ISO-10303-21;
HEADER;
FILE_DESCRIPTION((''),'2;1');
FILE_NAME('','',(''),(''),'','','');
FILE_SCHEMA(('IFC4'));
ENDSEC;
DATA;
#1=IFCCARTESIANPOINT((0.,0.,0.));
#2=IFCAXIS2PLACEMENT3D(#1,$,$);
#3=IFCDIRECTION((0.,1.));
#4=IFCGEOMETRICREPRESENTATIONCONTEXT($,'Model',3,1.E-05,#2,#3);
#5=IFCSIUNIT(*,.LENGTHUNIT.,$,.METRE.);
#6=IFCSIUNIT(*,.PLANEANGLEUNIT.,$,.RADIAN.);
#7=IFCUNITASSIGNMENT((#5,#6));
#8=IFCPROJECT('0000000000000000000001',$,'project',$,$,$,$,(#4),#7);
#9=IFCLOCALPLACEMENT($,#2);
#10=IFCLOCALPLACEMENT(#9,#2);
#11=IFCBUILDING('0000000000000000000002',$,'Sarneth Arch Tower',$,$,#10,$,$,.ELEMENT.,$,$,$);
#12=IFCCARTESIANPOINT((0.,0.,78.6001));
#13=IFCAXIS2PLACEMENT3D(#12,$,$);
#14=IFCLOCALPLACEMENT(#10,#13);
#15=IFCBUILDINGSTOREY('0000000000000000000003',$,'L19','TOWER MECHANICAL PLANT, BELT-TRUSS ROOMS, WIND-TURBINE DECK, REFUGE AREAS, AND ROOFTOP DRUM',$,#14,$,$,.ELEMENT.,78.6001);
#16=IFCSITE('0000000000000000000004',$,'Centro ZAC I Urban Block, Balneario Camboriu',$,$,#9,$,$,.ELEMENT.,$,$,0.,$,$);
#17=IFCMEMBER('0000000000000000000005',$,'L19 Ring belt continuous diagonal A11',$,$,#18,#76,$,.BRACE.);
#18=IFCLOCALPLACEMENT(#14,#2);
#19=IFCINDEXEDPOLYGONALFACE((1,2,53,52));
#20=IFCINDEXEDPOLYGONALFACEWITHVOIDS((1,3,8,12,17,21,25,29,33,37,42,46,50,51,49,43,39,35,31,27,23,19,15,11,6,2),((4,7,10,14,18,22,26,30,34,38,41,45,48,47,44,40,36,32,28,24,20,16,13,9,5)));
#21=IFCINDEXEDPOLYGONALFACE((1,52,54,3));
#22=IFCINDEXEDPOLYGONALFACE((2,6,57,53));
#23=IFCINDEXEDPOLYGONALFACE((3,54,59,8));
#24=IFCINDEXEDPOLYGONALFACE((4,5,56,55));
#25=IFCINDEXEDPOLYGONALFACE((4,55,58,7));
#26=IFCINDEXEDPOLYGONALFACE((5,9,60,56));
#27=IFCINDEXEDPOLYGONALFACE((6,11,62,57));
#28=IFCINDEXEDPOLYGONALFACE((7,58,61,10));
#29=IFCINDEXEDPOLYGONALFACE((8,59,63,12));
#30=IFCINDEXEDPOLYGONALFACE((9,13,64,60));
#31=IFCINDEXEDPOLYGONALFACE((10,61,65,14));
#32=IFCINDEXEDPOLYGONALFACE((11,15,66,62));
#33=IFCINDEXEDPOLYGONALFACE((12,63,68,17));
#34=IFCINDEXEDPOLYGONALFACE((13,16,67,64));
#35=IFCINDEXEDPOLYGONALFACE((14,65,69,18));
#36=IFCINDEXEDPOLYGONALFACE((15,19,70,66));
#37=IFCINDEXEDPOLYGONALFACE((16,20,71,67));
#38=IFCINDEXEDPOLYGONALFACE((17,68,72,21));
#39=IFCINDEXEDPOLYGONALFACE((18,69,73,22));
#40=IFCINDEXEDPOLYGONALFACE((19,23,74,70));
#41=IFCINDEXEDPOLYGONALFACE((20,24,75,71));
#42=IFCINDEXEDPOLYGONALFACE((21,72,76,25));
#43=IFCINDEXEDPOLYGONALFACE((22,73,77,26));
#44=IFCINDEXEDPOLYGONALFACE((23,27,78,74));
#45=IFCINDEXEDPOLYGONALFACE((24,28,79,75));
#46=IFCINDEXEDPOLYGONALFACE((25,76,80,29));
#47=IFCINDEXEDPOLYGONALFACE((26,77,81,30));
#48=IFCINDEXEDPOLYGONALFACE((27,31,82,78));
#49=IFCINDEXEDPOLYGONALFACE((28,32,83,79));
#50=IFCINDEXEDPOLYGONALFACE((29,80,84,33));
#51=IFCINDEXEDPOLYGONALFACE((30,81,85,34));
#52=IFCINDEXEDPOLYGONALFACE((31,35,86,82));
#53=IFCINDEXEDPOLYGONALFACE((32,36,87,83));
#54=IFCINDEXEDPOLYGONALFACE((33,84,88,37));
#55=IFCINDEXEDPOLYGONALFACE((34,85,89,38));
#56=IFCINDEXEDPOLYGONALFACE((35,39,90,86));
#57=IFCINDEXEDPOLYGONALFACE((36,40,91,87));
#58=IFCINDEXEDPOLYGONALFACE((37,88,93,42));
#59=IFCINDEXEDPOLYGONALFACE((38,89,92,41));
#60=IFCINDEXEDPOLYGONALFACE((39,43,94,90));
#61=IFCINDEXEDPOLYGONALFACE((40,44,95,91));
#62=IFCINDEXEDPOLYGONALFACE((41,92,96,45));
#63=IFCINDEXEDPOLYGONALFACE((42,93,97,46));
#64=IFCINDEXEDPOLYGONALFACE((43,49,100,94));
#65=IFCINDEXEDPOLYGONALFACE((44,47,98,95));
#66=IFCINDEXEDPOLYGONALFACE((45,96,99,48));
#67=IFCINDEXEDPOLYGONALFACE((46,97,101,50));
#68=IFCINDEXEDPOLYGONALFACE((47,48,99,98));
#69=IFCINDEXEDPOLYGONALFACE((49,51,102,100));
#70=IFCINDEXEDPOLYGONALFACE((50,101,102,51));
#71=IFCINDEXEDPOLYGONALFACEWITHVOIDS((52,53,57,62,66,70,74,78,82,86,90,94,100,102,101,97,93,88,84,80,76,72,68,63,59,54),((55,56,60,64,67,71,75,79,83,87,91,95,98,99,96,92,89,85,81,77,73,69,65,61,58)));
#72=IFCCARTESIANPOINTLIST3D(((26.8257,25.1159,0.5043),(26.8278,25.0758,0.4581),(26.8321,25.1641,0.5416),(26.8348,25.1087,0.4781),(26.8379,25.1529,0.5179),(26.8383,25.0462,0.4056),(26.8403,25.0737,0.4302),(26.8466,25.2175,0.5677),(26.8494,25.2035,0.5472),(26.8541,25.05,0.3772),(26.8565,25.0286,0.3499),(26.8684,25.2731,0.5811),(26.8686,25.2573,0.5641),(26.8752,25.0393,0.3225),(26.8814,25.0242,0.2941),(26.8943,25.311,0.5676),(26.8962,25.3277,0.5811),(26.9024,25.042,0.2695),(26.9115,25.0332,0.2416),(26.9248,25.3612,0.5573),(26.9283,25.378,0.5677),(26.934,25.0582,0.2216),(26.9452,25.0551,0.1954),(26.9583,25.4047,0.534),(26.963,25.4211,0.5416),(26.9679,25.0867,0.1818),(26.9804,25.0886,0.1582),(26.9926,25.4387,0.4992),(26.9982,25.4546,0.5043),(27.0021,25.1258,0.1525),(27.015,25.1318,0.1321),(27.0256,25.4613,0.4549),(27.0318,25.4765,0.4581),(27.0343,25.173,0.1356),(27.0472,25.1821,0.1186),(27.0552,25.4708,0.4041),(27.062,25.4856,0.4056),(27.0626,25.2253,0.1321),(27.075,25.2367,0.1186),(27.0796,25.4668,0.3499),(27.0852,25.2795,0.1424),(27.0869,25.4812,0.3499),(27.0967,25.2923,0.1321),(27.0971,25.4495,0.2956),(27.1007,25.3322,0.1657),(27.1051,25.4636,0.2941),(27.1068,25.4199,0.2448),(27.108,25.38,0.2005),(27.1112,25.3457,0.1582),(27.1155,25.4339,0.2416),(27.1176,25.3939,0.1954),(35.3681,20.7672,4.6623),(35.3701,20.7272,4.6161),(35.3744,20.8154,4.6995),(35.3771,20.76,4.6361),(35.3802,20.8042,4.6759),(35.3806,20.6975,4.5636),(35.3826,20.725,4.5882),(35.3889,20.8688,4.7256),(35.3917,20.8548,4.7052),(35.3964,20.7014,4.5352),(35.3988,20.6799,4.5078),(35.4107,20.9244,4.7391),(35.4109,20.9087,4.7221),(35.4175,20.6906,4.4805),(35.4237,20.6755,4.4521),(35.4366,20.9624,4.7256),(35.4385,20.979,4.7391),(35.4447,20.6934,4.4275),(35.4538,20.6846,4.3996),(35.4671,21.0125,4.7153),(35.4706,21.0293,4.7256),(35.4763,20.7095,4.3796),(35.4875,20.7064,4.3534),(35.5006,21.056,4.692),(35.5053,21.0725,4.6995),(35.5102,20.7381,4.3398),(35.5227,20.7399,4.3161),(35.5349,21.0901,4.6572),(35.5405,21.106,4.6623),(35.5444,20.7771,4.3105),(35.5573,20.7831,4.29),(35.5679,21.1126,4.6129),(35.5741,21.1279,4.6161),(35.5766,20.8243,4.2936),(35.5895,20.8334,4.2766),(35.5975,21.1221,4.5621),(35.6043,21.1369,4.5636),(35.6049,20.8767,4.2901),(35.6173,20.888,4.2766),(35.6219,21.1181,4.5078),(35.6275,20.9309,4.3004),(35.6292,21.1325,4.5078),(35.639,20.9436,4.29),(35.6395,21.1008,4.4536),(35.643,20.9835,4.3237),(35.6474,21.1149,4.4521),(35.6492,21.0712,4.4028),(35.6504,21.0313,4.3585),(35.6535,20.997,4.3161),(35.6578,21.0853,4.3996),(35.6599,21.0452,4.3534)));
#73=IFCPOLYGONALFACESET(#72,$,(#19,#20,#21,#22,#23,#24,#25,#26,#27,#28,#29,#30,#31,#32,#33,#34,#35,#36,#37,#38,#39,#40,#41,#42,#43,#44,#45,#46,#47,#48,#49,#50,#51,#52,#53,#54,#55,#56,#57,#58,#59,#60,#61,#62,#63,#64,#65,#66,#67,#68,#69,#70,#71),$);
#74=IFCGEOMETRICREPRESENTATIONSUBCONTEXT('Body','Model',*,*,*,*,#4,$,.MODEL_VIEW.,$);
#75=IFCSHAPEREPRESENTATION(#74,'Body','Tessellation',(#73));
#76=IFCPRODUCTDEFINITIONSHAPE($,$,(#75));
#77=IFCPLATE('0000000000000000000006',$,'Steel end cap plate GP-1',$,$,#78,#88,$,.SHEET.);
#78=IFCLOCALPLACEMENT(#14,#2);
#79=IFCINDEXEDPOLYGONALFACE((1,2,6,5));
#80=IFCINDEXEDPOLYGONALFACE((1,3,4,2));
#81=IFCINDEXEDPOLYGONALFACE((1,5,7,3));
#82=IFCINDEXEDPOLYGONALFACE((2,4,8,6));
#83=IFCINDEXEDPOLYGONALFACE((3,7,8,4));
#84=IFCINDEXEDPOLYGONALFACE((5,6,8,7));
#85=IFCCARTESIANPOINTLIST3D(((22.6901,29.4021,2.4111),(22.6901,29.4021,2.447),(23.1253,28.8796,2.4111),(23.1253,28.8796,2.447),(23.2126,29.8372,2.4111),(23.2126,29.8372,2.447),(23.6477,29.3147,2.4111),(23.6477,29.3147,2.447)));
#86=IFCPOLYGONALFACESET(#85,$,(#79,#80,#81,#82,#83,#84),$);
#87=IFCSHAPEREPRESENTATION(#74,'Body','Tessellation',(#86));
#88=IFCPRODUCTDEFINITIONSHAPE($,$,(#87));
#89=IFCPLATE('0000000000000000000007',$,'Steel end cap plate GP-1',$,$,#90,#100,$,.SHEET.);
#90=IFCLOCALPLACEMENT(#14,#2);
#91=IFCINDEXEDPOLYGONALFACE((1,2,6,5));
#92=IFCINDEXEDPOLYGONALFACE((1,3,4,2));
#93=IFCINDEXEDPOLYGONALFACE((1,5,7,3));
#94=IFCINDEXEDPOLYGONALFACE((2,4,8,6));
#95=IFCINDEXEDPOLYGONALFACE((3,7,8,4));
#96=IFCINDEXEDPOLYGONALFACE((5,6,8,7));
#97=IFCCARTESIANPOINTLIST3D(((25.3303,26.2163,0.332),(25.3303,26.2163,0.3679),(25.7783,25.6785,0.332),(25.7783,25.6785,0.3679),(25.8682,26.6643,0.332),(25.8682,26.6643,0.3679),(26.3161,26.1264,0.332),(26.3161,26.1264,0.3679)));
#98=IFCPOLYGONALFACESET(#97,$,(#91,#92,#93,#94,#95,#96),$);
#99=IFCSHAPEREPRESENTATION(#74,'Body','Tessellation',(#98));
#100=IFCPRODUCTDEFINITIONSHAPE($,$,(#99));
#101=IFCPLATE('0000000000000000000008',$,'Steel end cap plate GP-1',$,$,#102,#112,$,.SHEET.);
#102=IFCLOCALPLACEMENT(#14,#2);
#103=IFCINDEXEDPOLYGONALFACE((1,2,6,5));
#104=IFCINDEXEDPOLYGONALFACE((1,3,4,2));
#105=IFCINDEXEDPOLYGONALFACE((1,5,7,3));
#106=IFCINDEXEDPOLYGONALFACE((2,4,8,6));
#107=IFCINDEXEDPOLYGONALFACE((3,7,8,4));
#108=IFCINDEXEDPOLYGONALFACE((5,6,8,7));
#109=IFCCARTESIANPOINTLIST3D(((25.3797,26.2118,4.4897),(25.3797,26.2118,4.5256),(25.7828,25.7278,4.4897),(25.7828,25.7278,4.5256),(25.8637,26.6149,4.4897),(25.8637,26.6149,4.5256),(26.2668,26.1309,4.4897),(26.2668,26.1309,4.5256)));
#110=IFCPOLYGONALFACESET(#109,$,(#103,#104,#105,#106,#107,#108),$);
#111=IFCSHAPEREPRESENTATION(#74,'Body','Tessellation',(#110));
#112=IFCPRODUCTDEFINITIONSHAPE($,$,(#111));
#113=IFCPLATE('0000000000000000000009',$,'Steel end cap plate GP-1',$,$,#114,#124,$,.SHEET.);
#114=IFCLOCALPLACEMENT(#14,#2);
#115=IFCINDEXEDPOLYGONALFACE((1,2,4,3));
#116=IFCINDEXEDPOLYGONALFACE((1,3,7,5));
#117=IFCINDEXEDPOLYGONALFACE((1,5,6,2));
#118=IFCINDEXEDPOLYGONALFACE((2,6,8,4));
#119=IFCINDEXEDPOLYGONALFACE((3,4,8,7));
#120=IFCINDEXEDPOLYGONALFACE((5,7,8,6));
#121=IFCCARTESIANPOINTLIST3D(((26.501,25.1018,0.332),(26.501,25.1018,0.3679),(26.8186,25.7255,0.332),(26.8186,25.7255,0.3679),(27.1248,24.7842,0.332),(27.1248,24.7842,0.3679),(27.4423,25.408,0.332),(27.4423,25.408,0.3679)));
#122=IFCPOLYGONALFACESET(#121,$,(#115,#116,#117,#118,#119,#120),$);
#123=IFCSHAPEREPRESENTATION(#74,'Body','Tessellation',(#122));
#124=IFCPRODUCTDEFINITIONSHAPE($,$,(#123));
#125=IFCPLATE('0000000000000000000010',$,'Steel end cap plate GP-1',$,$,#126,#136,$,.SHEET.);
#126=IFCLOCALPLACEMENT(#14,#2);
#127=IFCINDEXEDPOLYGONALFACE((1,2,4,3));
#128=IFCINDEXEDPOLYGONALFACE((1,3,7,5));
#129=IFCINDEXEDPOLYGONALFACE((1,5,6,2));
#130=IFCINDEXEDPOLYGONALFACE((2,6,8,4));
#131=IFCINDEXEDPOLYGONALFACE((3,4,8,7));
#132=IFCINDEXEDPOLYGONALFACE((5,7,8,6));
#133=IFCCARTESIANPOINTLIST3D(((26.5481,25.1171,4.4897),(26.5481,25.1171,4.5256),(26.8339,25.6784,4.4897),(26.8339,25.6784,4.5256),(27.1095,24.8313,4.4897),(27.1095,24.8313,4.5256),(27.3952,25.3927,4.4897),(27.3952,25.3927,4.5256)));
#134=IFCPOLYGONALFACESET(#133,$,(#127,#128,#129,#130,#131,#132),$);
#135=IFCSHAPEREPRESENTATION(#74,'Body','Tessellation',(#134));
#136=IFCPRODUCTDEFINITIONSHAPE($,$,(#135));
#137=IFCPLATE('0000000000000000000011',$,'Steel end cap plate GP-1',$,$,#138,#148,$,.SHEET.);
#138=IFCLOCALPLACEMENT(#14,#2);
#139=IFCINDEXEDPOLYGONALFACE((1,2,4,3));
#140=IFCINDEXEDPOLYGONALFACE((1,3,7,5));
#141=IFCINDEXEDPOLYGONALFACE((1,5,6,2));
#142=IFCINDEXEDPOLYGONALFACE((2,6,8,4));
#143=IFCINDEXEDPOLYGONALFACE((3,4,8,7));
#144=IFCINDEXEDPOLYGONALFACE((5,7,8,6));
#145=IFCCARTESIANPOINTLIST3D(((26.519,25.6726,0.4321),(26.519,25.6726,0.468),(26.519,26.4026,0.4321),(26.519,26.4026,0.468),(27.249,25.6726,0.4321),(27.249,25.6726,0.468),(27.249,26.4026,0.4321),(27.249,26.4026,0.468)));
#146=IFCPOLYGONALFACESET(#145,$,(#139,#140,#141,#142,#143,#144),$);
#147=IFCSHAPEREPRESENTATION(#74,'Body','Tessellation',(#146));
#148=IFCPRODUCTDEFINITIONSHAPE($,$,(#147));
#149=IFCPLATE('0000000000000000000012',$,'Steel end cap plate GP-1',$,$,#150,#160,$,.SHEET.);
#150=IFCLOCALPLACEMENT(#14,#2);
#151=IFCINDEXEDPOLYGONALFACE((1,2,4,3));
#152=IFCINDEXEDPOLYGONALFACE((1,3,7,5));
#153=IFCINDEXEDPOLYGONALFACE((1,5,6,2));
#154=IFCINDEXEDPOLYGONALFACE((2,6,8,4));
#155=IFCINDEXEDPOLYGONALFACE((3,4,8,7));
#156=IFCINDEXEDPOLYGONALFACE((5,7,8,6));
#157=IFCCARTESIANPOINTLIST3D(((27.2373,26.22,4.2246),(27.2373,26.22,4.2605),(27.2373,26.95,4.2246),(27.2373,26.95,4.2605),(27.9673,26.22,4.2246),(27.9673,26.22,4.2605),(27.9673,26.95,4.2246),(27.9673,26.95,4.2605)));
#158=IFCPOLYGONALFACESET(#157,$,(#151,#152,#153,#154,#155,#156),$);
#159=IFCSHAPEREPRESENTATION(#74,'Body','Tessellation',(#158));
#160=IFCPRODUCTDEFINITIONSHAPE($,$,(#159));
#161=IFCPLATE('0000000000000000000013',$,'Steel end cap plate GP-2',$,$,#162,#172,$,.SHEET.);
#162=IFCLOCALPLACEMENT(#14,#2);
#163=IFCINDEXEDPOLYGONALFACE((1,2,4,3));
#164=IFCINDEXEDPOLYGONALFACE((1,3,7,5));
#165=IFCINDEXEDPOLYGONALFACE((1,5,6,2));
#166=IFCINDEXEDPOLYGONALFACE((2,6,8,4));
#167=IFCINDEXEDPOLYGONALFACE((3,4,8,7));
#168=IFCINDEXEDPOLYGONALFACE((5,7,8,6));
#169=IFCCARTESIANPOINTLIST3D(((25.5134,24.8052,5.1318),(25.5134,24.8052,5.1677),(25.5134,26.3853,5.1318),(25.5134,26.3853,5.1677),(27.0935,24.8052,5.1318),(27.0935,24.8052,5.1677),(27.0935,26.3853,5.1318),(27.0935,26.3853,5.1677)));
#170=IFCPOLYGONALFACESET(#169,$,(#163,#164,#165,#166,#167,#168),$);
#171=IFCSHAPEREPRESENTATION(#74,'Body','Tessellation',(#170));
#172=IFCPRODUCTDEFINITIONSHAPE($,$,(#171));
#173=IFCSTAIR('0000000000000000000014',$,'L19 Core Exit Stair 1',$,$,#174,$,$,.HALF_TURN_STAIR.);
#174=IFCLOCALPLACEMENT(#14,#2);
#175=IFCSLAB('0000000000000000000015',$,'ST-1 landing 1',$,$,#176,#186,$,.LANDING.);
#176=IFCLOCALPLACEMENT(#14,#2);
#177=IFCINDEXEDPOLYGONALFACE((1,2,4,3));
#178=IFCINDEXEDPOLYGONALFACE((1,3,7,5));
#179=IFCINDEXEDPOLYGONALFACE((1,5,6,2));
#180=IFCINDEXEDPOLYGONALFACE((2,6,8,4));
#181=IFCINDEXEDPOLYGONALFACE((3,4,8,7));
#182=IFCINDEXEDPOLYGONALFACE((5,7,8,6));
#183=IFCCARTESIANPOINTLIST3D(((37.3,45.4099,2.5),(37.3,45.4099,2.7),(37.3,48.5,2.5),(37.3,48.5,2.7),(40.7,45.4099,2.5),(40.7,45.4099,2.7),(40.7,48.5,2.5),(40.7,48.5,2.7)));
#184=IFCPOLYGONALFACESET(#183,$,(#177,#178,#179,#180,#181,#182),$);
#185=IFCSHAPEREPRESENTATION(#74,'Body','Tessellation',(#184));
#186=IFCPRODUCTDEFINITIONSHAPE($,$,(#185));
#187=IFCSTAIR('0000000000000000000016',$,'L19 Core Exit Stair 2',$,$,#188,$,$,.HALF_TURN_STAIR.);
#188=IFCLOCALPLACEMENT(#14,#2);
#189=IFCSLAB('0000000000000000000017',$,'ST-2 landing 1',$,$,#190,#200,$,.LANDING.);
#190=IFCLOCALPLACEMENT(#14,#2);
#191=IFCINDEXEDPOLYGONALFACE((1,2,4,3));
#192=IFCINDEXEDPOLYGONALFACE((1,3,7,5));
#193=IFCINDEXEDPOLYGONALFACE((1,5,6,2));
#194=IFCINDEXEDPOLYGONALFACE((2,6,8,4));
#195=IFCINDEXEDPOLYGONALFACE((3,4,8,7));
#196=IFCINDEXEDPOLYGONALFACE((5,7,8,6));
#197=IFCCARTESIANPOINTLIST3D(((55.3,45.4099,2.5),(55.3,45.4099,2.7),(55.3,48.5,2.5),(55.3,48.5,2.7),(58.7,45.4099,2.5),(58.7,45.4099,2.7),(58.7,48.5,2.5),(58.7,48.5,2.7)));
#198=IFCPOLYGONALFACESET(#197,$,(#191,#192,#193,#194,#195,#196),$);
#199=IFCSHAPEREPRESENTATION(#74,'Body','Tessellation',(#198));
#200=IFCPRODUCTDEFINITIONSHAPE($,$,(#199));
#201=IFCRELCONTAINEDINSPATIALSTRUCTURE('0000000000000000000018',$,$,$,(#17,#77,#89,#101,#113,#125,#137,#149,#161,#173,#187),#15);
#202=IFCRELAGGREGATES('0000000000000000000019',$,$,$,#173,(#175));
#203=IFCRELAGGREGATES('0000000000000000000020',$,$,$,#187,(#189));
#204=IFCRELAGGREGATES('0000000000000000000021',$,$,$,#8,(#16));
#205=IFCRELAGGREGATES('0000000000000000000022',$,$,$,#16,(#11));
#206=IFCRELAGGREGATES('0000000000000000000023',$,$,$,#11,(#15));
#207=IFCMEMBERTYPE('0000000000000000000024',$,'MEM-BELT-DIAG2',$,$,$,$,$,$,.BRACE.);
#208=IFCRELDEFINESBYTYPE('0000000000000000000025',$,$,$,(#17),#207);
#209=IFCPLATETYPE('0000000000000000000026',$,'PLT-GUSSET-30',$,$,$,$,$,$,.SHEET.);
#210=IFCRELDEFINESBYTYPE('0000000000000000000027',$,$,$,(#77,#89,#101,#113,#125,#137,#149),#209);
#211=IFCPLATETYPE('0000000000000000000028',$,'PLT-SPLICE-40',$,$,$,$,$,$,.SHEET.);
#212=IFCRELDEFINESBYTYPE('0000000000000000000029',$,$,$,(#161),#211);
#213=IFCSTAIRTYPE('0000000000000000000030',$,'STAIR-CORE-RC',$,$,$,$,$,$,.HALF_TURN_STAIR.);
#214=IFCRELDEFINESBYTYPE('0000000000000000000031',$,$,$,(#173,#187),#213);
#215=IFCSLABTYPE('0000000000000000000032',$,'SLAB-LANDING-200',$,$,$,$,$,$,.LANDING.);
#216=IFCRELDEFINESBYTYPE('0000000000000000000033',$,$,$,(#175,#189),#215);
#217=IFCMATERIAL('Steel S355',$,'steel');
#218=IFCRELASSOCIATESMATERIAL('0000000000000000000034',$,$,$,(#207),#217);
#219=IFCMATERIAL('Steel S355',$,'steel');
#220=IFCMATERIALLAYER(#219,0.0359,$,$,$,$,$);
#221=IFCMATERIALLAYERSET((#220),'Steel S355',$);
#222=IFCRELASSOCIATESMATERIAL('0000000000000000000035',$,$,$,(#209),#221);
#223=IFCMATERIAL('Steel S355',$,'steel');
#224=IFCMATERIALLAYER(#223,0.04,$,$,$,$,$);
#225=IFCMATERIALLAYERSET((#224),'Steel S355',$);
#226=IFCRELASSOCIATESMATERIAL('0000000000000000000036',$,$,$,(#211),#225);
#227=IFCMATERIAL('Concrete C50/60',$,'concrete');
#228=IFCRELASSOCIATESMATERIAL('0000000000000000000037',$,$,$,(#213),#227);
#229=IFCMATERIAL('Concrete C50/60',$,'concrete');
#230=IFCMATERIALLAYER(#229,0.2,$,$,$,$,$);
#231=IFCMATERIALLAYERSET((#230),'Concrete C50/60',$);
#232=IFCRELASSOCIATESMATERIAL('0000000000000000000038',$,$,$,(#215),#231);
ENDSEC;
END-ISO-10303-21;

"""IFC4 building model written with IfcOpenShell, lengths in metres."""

from ifc_helpers import new_model, si_unit, direction, frame, origin, origin_2d, place, context, subcontext, project, spatial, polyline, rectangle, hollow_circle, outline, extrude, material, layer, layer_set, material_profile, profile_set, type_object, element, aggregate, save


model = new_model("IFC4")

# Units and contexts
model_context = context("Model", 3, precision=1e-05, world=origin(), true_north=direction((0.0, 1.0)))
body_context = subcontext(model_context, "Body", "Model", "MODEL_VIEW")
ifc_project = project(units=[si_unit("LENGTHUNIT", "METRE"), si_unit("PLANEANGLEUNIT", "RADIAN")], contexts=[model_context])

# Site, building, storey
site_placement = place(None, origin())
site = spatial("IfcSite", under=ifc_project, at=site_placement, Name="Centro ZAC I Urban Block, Balneario Camboriu", CompositionType="ELEMENT", RefElevation=0.0)
building_placement = place(site_placement, origin())
building = spatial("IfcBuilding", under=site, at=building_placement, Name="Sarneth Arch Tower", CompositionType="ELEMENT")
storey_placement = place(building_placement, frame((0.0, 0.0, 78.6001)))
storey = spatial("IfcBuildingStorey", under=building, at=storey_placement, Name="L19", Description="TOWER MECHANICAL PLANT, BELT-TRUSS ROOMS, WIND-TURBINE DECK, REFUGE AREAS, AND ROOFTOP DRUM", CompositionType="ELEMENT", Elevation=78.6001)

# Member
ifc_material_1 = material(Name="Steel S355", Category="steel")
ifc_material_profile_1 = material_profile(ifc_material_1, hollow_circle(Radius=0.2539, WallThickness=0.0161, at=origin_2d()), Name="CHS508x16")
ifc_profile_set_1 = profile_set([ifc_material_profile_1], Name="Steel S355")
member_type_1 = type_object("IfcMemberType", Name="MEM-BELT-DIAG2", PredefinedType="BRACE", material=ifc_profile_set_1)
member_1_placement = place(storey_placement, frame((26.9717, 25.2549, 0.3499), z_axis=(0.817564, -0.416201, 0.397952), x_axis=(0.453671, 0.891169, 0.0)))
element("IfcMember", 1, at=member_1_placement, inside=storey, type_object=member_type_1, Name="L19 Ring belt continuous diagonal A11", PredefinedType="BRACE", context=body_context, shape_type="SweptSolid", body=[
    extrude(hollow_circle(Radius=0.2539, WallThickness=0.0161, at=origin_2d()), origin(), (0.0, 0.0, 1.0), 10.4485),
])

# Plates
ifc_material_2 = material(Name="Steel S355", Category="steel")
ifc_layer_1 = layer(ifc_material_2, 0.0359)
ifc_layer_set_1 = layer_set([ifc_layer_1], Name="Steel S355")
plate_type_1 = type_object("IfcPlateType", Name="PLT-GUSSET-30", PredefinedType="SHEET", material=ifc_layer_set_1)
plate_1_placement = place(storey_placement, frame((23.1689, 29.3584, 2.4111), z_axis=(0.0, 0.0, 1.0), x_axis=(0.639976, -0.768395, 0.0)))
element("IfcPlate", 2, at=plate_1_placement, inside=storey, type_object=plate_type_1, Name="Steel end cap plate GP-1", PredefinedType="SHEET", context=body_context, shape_type="SweptSolid", body=[
    extrude(rectangle(XDim=0.6799, YDim=0.6799, at=origin_2d()), origin(), (0.0, 0.0, 1.0), 0.0359),
])
plate_2_placement = place(storey_placement, frame((25.8232, 26.1714, 0.332), z_axis=(0.0, 0.0, 1.0), x_axis=(0.639976, -0.768395, 0.0)))
element("IfcPlate", 3, at=plate_2_placement, inside=storey, type_object=plate_type_1, Name="Steel end cap plate GP-1", PredefinedType="SHEET", context=body_context, shape_type="SweptSolid", body=[
    extrude(rectangle(XDim=0.7, YDim=0.7, at=origin_2d()), origin(), (0.0, 0.0, 1.0), 0.0359),
])
plate_3_placement = place(storey_placement, frame((25.8232, 26.1714, 4.4897), z_axis=(0.0, 0.0, 1.0), x_axis=(0.639976, -0.768395, 0.0)))
element("IfcPlate", 4, at=plate_3_placement, inside=storey, type_object=plate_type_1, Name="Steel end cap plate GP-1", PredefinedType="SHEET", context=body_context, shape_type="SweptSolid", body=[
    extrude(rectangle(XDim=0.6299, YDim=0.6299, at=origin_2d()), origin(), (0.0, 0.0, 1.0), 0.0359),
])
plate_4_placement = place(storey_placement, frame((26.9717, 25.2549, 0.332), z_axis=(0.0, 0.0, 1.0), x_axis=(-0.891165, 0.453679, 0.0)))
element("IfcPlate", 5, at=plate_4_placement, inside=storey, type_object=plate_type_1, Name="Steel end cap plate GP-1", PredefinedType="SHEET", context=body_context, shape_type="SweptSolid", body=[
    extrude(rectangle(XDim=0.7, YDim=0.7, at=origin_2d()), origin(), (0.0, 0.0, 1.0), 0.0359),
])
plate_5_placement = place(storey_placement, frame((26.9717, 25.2549, 4.4897), z_axis=(0.0, 0.0, 1.0), x_axis=(-0.891165, 0.453679, 0.0)))
element("IfcPlate", 6, at=plate_5_placement, inside=storey, type_object=plate_type_1, Name="Steel end cap plate GP-1", PredefinedType="SHEET", context=body_context, shape_type="SweptSolid", body=[
    extrude(rectangle(XDim=0.6299, YDim=0.6299, at=origin_2d()), origin(), (0.0, 0.0, 1.0), 0.0359),
])
for number, where, z_axis, x_axis, name in (
    (7, (26.884, 26.0376, 0.4321), (0.0, 0.0, 1.0), (1.0, 0.0, 0.0), "Steel end cap plate GP-1"),
    (8, (27.6023, 26.585, 4.2246), (0.0, 0.0, 1.0), (1.0, 0.0, 0.0), "Steel end cap plate GP-1"),
):
    element("IfcPlate", number, at=place(storey_placement, frame(where, z_axis=z_axis, x_axis=x_axis)), inside=storey, type_object=plate_type_1, Name=name, PredefinedType="SHEET", context=body_context, shape_type="SweptSolid", body=[
        extrude(rectangle(XDim=0.73, YDim=0.73, at=origin_2d()), origin(), (0.0, 0.0, 1.0), 0.0359),
    ])
ifc_material_3 = material(Name="Steel S355", Category="steel")
ifc_layer_2 = layer(ifc_material_3, 0.04)
ifc_layer_set_2 = layer_set([ifc_layer_2], Name="Steel S355")
plate_type_2 = type_object("IfcPlateType", Name="PLT-SPLICE-40", PredefinedType="SHEET", material=ifc_layer_set_2)
plate_6_placement = place(storey_placement, frame((26.3035, 25.5952, 5.1318), z_axis=(0.0, 0.0, 1.0), x_axis=(1.0, 0.0, 0.0)))
element("IfcPlate", 9, at=plate_6_placement, inside=storey, type_object=plate_type_2, Name="Steel end cap plate GP-2", PredefinedType="SHEET", context=body_context, shape_type="SweptSolid", body=[
    extrude(rectangle(XDim=1.5801, YDim=1.5801, at=origin_2d()), origin(), (0.0, 0.0, 1.0), 0.0359),
])

# Stairs, slabs
ifc_material_4 = material(Name="Concrete C50/60", Category="concrete")
stair_type = type_object("IfcStairType", Name="STAIR-CORE-RC", PredefinedType="HALF_TURN_STAIR", material=ifc_material_4)
stair_1_placement = place(storey_placement, origin())
stair_1 = element("IfcStair", 10, at=stair_1_placement, inside=storey, type_object=stair_type, Name="L19 Core Exit Stair 1", PredefinedType="HALF_TURN_STAIR")
ifc_material_5 = material(Name="Concrete C50/60", Category="concrete")
ifc_layer_3 = layer(ifc_material_5, 0.2)
ifc_layer_set_3 = layer_set([ifc_layer_3], Name="Concrete C50/60")
slab_type_1 = type_object("IfcSlabType", Name="SLAB-LANDING-200", PredefinedType="LANDING", material=ifc_layer_set_3)
slab_1_placement = place(storey_placement, frame((0.0, 0.0, 2.5)))
slab_1 = element("IfcSlab", 11, at=slab_1_placement, type_object=slab_type_1, Name="ST-1 landing 1", PredefinedType="LANDING", context=body_context, shape_type="SweptSolid", body=[
    extrude(outline(polyline([(37.3, 45.4099), (40.7, 45.4099), (40.7, 48.5), (37.3, 48.5), (37.3, 45.4099)])), origin(), (0.0, 0.0, 1.0), 0.2),
])
aggregate(stair_1, [slab_1])
stair_2_placement = place(storey_placement, origin())
stair_2 = element("IfcStair", 12, at=stair_2_placement, inside=storey, type_object=stair_type, Name="L19 Core Exit Stair 2", PredefinedType="HALF_TURN_STAIR")
slab_2_placement = place(storey_placement, frame((0.0, 0.0, 2.5)))
slab_2 = element("IfcSlab", 13, at=slab_2_placement, type_object=slab_type_1, Name="ST-2 landing 1", PredefinedType="LANDING", context=body_context, shape_type="SweptSolid", body=[
    extrude(outline(polyline([(55.3, 45.4099), (58.7, 45.4099), (58.7, 48.5), (55.3, 48.5), (55.3, 45.4099)])), origin(), (0.0, 0.0, 1.0), 0.2),
])
aggregate(stair_2, [slab_2])

save(model, "model.ifc")
